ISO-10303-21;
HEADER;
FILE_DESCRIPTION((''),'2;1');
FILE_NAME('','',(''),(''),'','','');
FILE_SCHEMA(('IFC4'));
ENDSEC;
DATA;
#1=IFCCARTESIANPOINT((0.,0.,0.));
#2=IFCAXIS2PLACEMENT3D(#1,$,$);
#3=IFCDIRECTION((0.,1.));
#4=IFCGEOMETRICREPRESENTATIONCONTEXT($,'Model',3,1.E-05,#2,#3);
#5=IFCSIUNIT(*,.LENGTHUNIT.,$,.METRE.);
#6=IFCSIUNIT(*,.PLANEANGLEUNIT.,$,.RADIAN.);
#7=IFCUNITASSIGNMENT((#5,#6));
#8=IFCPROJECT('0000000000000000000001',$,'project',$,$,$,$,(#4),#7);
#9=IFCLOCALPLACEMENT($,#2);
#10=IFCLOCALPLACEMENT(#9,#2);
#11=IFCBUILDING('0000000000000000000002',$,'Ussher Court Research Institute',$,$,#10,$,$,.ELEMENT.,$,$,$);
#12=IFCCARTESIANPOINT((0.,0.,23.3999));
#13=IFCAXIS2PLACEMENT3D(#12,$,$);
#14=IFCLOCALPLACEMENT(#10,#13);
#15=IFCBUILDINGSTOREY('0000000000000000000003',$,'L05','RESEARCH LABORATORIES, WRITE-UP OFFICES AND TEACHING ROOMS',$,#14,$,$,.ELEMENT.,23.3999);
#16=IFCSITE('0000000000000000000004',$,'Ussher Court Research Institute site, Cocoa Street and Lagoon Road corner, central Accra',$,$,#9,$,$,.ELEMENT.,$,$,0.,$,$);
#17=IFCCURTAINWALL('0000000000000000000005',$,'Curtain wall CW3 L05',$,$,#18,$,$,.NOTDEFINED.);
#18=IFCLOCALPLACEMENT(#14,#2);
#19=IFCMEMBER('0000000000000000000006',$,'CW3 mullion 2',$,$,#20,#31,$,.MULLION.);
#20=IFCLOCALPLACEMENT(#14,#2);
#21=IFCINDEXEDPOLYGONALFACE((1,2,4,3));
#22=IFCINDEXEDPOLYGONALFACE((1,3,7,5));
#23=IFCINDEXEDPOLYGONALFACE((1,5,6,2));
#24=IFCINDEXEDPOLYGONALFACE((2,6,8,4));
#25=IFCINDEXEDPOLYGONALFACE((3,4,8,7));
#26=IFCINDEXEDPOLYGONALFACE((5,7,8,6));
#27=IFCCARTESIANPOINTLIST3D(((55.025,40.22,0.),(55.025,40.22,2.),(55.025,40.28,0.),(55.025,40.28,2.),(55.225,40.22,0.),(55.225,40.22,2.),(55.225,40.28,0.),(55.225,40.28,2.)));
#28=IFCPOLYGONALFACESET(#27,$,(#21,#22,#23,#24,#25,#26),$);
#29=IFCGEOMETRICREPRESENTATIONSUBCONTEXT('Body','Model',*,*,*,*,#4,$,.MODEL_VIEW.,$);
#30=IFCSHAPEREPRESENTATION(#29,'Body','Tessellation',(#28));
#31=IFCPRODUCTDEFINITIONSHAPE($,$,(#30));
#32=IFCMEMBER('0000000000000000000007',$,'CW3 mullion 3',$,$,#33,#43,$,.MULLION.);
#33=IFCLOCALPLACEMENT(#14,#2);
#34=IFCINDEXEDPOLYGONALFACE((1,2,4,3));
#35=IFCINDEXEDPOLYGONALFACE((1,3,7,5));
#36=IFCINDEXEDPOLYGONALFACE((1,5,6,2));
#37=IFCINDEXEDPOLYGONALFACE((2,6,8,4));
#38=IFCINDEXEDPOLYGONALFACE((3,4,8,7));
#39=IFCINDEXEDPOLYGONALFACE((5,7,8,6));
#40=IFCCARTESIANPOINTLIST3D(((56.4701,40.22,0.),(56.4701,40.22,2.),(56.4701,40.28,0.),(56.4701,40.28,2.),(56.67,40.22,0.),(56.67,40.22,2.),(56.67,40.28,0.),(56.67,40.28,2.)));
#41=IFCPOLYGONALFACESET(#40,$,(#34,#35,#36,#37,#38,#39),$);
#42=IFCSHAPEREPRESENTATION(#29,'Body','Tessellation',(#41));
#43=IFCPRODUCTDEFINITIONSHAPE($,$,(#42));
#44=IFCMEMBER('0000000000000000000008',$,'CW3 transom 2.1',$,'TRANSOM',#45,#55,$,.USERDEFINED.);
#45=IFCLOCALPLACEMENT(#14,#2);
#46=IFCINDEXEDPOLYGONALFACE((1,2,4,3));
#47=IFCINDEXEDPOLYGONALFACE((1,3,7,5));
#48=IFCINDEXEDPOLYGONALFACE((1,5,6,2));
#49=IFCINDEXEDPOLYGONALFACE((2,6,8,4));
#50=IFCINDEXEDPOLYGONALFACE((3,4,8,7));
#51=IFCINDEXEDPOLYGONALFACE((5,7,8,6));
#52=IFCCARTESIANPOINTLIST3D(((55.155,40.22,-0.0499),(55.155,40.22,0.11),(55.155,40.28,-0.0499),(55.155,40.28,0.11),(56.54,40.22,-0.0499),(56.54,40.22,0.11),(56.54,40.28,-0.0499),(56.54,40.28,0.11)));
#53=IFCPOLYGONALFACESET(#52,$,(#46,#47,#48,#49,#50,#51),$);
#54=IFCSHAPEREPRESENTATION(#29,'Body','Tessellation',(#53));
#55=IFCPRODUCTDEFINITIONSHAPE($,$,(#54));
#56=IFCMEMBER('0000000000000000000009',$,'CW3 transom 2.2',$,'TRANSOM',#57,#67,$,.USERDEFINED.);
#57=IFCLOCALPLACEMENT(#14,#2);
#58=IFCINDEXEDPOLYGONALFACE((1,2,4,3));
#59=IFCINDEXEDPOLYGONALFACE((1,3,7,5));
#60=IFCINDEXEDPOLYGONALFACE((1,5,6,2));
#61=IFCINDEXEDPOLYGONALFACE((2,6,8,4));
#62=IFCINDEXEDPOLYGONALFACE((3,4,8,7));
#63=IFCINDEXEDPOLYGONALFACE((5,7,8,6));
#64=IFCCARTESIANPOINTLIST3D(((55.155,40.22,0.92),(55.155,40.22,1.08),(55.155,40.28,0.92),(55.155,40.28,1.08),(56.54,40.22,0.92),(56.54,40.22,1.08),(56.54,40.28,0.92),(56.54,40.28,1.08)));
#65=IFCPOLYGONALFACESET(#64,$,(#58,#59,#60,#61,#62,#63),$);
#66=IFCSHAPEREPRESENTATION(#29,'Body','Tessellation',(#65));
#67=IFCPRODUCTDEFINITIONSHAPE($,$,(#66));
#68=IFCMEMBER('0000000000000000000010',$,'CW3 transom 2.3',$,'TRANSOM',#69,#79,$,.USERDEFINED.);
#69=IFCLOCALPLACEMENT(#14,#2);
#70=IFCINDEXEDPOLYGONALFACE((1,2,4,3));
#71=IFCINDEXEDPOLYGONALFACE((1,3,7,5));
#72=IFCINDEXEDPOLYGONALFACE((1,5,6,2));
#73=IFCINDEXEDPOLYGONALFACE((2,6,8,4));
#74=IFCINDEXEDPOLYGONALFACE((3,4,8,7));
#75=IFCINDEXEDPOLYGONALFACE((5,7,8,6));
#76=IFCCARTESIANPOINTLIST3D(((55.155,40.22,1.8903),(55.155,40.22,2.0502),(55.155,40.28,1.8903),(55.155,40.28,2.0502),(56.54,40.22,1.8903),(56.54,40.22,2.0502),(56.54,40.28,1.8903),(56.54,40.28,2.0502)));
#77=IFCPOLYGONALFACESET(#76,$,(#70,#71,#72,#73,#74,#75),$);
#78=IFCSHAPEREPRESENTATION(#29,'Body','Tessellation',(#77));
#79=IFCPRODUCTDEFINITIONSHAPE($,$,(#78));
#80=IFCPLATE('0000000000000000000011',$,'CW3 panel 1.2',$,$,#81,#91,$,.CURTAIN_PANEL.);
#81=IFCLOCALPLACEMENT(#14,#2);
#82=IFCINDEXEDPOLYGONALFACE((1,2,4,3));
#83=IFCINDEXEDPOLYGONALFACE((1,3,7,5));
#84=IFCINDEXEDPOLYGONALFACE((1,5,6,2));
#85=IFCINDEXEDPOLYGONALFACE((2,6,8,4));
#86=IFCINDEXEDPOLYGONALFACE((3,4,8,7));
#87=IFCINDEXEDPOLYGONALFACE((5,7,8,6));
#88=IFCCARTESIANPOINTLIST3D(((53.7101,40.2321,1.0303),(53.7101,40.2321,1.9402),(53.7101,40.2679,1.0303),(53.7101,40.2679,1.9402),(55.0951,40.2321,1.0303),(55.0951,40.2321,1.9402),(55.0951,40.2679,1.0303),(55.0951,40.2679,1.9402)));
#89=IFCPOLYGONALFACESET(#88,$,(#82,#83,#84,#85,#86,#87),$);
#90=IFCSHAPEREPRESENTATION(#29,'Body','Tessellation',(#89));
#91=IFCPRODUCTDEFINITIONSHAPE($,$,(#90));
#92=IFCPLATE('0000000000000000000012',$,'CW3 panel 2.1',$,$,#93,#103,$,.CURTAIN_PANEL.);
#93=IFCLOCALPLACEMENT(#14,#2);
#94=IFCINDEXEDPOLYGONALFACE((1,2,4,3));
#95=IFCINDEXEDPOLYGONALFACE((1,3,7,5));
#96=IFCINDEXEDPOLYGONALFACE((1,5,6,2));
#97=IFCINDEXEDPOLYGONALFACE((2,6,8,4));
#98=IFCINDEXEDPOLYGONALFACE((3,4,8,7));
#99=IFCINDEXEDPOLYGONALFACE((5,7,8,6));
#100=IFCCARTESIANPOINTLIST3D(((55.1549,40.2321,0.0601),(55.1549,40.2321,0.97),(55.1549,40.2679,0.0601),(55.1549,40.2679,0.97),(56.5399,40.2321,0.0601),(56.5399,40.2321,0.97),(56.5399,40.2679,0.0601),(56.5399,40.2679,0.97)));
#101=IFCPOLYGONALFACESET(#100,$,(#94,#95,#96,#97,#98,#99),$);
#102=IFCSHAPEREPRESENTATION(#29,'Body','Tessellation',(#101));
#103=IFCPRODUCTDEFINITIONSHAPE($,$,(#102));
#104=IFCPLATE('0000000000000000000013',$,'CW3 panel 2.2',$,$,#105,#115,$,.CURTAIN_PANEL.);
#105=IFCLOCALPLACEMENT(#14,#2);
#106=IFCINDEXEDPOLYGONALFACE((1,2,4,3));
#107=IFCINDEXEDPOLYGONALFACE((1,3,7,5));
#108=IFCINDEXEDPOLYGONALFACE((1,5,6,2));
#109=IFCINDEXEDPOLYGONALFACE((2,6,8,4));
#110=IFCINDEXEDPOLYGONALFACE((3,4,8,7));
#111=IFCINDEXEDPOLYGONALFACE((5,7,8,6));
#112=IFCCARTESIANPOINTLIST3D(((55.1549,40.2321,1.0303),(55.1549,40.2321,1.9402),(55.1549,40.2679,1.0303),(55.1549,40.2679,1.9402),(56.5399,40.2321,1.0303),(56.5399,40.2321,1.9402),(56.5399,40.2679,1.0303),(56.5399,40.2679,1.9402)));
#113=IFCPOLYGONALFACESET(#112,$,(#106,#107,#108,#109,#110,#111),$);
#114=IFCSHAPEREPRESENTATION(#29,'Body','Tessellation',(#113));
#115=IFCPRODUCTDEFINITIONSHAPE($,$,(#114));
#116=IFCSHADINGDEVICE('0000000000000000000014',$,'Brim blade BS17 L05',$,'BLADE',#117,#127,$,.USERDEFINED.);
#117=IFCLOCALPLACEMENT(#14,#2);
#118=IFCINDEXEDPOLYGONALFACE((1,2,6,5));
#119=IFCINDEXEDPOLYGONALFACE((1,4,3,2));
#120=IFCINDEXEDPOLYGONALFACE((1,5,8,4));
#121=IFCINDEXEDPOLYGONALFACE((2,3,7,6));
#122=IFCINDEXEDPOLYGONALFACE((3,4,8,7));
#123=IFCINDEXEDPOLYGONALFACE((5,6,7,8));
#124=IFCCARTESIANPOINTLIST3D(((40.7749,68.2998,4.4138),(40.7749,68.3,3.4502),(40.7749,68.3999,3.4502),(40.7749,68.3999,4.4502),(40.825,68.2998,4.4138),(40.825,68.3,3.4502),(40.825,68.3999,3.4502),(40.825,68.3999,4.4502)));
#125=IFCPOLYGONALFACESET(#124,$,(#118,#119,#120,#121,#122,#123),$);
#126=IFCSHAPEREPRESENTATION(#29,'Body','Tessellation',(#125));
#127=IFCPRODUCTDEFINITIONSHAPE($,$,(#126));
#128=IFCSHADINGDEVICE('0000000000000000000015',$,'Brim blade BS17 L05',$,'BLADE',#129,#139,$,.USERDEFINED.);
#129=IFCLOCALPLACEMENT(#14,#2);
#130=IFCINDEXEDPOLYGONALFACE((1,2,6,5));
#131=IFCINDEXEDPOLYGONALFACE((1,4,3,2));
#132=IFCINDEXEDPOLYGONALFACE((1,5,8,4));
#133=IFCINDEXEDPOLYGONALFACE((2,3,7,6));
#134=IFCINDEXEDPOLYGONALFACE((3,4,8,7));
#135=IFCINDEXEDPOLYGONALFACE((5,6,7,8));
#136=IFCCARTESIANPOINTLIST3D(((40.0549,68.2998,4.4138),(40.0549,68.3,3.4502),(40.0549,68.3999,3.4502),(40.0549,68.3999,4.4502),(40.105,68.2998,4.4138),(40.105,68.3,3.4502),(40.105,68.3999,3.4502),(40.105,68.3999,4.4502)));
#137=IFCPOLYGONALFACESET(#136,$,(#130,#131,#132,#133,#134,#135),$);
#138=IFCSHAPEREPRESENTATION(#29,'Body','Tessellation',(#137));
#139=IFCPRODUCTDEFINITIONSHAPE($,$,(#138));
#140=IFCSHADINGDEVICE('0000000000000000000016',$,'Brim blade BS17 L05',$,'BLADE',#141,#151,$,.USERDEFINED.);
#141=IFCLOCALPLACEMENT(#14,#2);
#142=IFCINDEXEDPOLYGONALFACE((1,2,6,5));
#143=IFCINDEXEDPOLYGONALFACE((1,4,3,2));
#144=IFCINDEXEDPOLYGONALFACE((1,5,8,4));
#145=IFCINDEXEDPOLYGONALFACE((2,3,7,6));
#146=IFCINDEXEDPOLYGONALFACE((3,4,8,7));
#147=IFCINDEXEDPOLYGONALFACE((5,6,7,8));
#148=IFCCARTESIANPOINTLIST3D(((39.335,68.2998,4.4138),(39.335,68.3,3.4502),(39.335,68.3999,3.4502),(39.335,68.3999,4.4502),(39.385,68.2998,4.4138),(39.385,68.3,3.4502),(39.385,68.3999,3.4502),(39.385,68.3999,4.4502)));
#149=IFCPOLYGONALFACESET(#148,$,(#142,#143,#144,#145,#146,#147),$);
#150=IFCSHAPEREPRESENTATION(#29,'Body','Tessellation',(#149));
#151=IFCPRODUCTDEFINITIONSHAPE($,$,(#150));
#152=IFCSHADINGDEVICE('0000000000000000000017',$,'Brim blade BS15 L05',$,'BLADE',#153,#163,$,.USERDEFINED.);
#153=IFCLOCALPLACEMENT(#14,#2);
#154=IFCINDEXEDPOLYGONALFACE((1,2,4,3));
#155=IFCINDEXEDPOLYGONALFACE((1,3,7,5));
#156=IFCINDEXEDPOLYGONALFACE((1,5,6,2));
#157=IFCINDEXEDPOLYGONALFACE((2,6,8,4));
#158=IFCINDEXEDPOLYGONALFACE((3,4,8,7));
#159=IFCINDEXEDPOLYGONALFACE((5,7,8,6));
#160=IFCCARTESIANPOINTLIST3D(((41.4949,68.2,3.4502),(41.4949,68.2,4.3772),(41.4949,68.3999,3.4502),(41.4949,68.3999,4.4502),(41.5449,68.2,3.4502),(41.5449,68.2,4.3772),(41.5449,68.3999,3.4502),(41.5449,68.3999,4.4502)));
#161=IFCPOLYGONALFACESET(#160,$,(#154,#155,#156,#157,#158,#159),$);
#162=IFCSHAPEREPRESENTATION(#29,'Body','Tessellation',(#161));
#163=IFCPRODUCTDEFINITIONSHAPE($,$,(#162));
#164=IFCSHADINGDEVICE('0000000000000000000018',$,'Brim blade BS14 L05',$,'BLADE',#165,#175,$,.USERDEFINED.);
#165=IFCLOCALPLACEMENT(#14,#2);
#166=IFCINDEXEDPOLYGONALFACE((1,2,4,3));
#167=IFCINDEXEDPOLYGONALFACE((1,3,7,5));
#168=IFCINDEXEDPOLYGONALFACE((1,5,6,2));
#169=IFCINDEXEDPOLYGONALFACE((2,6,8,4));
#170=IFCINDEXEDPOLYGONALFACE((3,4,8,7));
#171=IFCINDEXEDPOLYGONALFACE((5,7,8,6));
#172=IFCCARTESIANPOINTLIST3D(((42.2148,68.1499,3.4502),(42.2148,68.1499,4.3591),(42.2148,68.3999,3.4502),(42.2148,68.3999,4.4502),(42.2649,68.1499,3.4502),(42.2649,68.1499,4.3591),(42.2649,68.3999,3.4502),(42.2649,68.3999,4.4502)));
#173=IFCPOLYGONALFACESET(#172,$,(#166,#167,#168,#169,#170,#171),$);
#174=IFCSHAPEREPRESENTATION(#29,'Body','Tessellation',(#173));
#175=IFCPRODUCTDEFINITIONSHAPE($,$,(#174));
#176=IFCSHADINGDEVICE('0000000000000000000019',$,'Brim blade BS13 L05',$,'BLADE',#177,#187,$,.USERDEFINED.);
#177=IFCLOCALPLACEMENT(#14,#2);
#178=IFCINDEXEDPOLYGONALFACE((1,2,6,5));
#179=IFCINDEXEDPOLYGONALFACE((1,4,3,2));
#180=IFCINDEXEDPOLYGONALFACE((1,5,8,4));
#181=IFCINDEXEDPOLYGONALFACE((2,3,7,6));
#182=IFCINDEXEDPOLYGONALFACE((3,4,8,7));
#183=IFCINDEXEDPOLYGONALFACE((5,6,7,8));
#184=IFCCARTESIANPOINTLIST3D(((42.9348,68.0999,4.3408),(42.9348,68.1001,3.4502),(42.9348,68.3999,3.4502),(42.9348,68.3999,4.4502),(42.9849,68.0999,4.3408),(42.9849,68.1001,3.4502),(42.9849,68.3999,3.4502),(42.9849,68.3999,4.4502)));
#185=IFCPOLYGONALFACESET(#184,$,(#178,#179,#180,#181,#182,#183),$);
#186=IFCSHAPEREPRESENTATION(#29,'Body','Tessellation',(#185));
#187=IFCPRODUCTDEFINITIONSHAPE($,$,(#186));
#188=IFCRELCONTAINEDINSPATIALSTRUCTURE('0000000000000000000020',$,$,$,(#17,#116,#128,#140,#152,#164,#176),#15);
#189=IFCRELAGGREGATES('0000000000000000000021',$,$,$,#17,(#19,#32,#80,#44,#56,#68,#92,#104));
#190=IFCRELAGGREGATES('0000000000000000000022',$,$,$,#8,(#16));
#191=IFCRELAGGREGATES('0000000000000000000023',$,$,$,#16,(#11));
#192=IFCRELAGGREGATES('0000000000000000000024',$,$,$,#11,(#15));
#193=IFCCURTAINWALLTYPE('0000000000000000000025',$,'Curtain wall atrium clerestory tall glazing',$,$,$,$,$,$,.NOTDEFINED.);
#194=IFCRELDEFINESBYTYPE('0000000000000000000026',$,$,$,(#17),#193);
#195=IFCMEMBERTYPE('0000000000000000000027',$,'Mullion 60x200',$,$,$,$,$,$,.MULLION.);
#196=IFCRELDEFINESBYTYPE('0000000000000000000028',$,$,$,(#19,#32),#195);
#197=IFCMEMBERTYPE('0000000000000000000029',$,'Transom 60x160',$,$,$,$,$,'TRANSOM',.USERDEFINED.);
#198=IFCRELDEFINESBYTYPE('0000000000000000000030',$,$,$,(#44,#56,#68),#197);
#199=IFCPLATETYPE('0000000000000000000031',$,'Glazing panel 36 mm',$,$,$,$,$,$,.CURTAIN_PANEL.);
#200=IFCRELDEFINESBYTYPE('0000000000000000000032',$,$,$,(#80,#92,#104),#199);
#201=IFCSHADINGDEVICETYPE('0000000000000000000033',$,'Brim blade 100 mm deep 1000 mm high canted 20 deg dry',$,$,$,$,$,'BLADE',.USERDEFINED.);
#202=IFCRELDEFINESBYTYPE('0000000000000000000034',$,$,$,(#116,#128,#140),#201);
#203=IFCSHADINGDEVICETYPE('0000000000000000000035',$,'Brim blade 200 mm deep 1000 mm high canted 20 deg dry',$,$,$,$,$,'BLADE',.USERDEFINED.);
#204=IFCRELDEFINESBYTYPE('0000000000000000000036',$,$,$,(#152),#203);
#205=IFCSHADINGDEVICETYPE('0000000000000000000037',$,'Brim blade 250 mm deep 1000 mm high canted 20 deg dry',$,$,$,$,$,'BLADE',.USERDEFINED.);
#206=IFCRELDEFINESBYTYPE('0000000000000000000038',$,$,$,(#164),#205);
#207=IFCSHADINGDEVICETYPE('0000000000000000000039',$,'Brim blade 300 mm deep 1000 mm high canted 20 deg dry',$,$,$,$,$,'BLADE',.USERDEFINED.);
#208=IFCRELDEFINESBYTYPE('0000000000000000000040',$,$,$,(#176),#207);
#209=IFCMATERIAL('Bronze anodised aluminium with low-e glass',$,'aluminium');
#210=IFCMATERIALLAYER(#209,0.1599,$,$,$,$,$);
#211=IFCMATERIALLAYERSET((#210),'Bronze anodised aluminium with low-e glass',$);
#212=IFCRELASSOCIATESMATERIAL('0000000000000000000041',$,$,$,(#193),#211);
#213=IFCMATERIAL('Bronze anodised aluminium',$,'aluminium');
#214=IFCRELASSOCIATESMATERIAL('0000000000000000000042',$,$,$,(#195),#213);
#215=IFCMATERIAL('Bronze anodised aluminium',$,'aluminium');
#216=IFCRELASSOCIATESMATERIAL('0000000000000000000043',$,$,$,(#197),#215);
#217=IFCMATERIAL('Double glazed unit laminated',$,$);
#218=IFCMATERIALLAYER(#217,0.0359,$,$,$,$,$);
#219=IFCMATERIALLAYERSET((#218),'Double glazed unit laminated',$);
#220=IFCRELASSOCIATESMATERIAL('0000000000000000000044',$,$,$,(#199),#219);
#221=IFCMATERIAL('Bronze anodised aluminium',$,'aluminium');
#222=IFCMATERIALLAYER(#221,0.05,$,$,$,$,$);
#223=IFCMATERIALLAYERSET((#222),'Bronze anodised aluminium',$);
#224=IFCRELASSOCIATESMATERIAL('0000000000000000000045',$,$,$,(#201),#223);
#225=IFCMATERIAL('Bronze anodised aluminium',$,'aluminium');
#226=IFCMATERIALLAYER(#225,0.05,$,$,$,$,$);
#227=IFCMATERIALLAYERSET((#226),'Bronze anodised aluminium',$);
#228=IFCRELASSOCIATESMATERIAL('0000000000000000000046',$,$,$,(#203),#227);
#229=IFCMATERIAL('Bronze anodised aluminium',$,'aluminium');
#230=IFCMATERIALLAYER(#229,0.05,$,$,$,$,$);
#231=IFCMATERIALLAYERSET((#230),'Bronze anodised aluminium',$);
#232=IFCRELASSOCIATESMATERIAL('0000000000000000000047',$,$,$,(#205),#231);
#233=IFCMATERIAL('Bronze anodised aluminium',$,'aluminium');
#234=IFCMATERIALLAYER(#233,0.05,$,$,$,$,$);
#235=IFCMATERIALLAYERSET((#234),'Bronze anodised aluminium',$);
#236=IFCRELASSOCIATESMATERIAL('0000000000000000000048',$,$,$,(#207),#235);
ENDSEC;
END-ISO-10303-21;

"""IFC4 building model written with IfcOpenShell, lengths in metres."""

from ifc_helpers import new_model, si_unit, direction, frame, origin, origin_2d, place, context, subcontext, project, spatial, polyline, rectangle, outline, extrude, material, layer, layer_set, material_profile, profile_set, type_object, element, aggregate, save


model = new_model("IFC4")

# Units and contexts
model_context = context("Model", 3, precision=1e-05, world=origin(), true_north=direction((0.0, 1.0)))
body_context = subcontext(model_context, "Body", "Model", "MODEL_VIEW")
ifc_project = project(units=[si_unit("LENGTHUNIT", "METRE"), si_unit("PLANEANGLEUNIT", "RADIAN")], contexts=[model_context])

# Site, building, storey
site_placement = place(None, origin())
site = spatial("IfcSite", under=ifc_project, at=site_placement, Name="Ussher Court Research Institute site, Cocoa Street and Lagoon Road corner, central Accra", CompositionType="ELEMENT", RefElevation=0.0)
building_placement = place(site_placement, origin())
building = spatial("IfcBuilding", under=site, at=building_placement, Name="Ussher Court Research Institute", CompositionType="ELEMENT")
storey_placement = place(building_placement, frame((0.0, 0.0, 23.3999)))
storey = spatial("IfcBuildingStorey", under=building, at=storey_placement, Name="L05", Description="RESEARCH LABORATORIES, WRITE-UP OFFICES AND TEACHING ROOMS", CompositionType="ELEMENT", Elevation=23.3999)

# Curtain wall, members, plates
ifc_material_1 = material(Name="Bronze anodised aluminium with low-e glass", Category="aluminium")
ifc_layer_1 = layer(ifc_material_1, 0.1599)
ifc_layer_set_1 = layer_set([ifc_layer_1], Name="Bronze anodised aluminium with low-e glass")
curtain_wall_type = type_object("IfcCurtainWallType", Name="Curtain wall atrium clerestory tall glazing", PredefinedType="NOTDEFINED", material=ifc_layer_set_1)
curtain_wall_placement = place(storey_placement, origin())
curtain_wall = element("IfcCurtainWall", 1, at=curtain_wall_placement, inside=storey, type_object=curtain_wall_type, Name="Curtain wall CW3 L05", PredefinedType="NOTDEFINED")
ifc_material_2 = material(Name="Bronze anodised aluminium", Category="aluminium")
ifc_material_profile_1 = material_profile(ifc_material_2, rectangle(XDim=0.0601, YDim=0.2, at=origin_2d()), Name="Mullion 60x200")
ifc_profile_set_1 = profile_set([ifc_material_profile_1], Name="Bronze anodised aluminium")
member_type_1 = type_object("IfcMemberType", Name="Mullion 60x200", PredefinedType="MULLION", material=ifc_profile_set_1)
member_1_placement = place(storey_placement, frame((55.125, 40.25, 0.0), z_axis=(0.0, 0.0, 1.0), x_axis=(0.0, 1.0, 0.0)))
member_1 = element("IfcMember", 2, at=member_1_placement, type_object=member_type_1, Name="CW3 mullion 2", PredefinedType="MULLION", context=body_context, shape_type="SweptSolid", body=[
    extrude(rectangle(XDim=0.0601, YDim=0.2, at=origin_2d()), origin(), (0.0, 0.0, 1.0), 2.0),
])
member_2_placement = place(storey_placement, frame((56.5701, 40.25, 0.0), z_axis=(0.0, 0.0, 1.0), x_axis=(0.0, 1.0, 0.0)))
member_2 = element("IfcMember", 3, at=member_2_placement, type_object=member_type_1, Name="CW3 mullion 3", PredefinedType="MULLION", context=body_context, shape_type="SweptSolid", body=[
    extrude(rectangle(XDim=0.0601, YDim=0.2, at=origin_2d()), origin(), (0.0, 0.0, 1.0), 2.0),
])
ifc_material_3 = material(Name="Bronze anodised aluminium", Category="aluminium")
ifc_material_profile_2 = material_profile(ifc_material_3, rectangle(XDim=0.0601, YDim=0.1599, at=origin_2d()), Name="Transom 60x160")
ifc_profile_set_2 = profile_set([ifc_material_profile_2], Name="Bronze anodised aluminium")
member_type_2 = type_object("IfcMemberType", Name="Transom 60x160", ElementType="TRANSOM", PredefinedType="USERDEFINED", material=ifc_profile_set_2)
member_3_placement = place(storey_placement, frame((55.155, 40.25, 0.03), z_axis=(1.0, 0.0, 0.0), x_axis=(0.0, 1.0, 0.0)))
member_3 = element("IfcMember", 4, at=member_3_placement, type_object=member_type_2, Name="CW3 transom 2.1", ObjectType="TRANSOM", PredefinedType="USERDEFINED", context=body_context, shape_type="SweptSolid", body=[
    extrude(rectangle(XDim=0.0601, YDim=0.1599, at=origin_2d()), origin(), (0.0, 0.0, 1.0), 1.385),
])
member_4_placement = place(storey_placement, frame((55.155, 40.25, 1.0), z_axis=(1.0, 0.0, 0.0), x_axis=(0.0, 1.0, 0.0)))
member_4 = element("IfcMember", 5, at=member_4_placement, type_object=member_type_2, Name="CW3 transom 2.2", ObjectType="TRANSOM", PredefinedType="USERDEFINED", context=body_context, shape_type="SweptSolid", body=[
    extrude(rectangle(XDim=0.0601, YDim=0.1599, at=origin_2d()), origin(), (0.0, 0.0, 1.0), 1.385),
])
member_5_placement = place(storey_placement, frame((55.155, 40.25, 1.9702), z_axis=(1.0, 0.0, 0.0), x_axis=(0.0, 1.0, 0.0)))
member_5 = element("IfcMember", 6, at=member_5_placement, type_object=member_type_2, Name="CW3 transom 2.3", ObjectType="TRANSOM", PredefinedType="USERDEFINED", context=body_context, shape_type="SweptSolid", body=[
    extrude(rectangle(XDim=0.0601, YDim=0.1599, at=origin_2d()), origin(), (0.0, 0.0, 1.0), 1.385),
])
ifc_material_4 = material(Name="Double glazed unit laminated")
ifc_layer_2 = layer(ifc_material_4, 0.0359)
ifc_layer_set_2 = layer_set([ifc_layer_2], Name="Double glazed unit laminated")
plate_type = type_object("IfcPlateType", Name="Glazing panel 36 mm", PredefinedType="CURTAIN_PANEL", material=ifc_layer_set_2)
plate_1_placement = place(storey_placement, frame((54.4026, 40.25, 1.0303), z_axis=(0.0, 0.0, 1.0), x_axis=(1.0, 0.0, 0.0)))
plate_1 = element("IfcPlate", 7, at=plate_1_placement, type_object=plate_type, Name="CW3 panel 1.2", PredefinedType="CURTAIN_PANEL", context=body_context, shape_type="SweptSolid", body=[
    extrude(rectangle(XDim=1.385, YDim=0.0359, at=origin_2d()), origin(), (0.0, 0.0, 1.0), 0.9099),
])
plate_2_placement = place(storey_placement, frame((55.8474, 40.25, 0.0601), z_axis=(0.0, 0.0, 1.0), x_axis=(1.0, 0.0, 0.0)))
plate_2 = element("IfcPlate", 8, at=plate_2_placement, type_object=plate_type, Name="CW3 panel 2.1", PredefinedType="CURTAIN_PANEL", context=body_context, shape_type="SweptSolid", body=[
    extrude(rectangle(XDim=1.385, YDim=0.0359, at=origin_2d()), origin(), (0.0, 0.0, 1.0), 0.9099),
])
plate_3_placement = place(storey_placement, frame((55.8474, 40.25, 1.0303), z_axis=(0.0, 0.0, 1.0), x_axis=(1.0, 0.0, 0.0)))
plate_3 = element("IfcPlate", 9, at=plate_3_placement, type_object=plate_type, Name="CW3 panel 2.2", PredefinedType="CURTAIN_PANEL", context=body_context, shape_type="SweptSolid", body=[
    extrude(rectangle(XDim=1.385, YDim=0.0359, at=origin_2d()), origin(), (0.0, 0.0, 1.0), 0.9099),
])
aggregate(curtain_wall, [member_1, member_2, plate_1, member_3, member_4, member_5, plate_2, plate_3])

# Shading devices
ifc_material_5 = material(Name="Bronze anodised aluminium", Category="aluminium")
ifc_layer_3 = layer(ifc_material_5, 0.05)
ifc_layer_set_3 = layer_set([ifc_layer_3], Name="Bronze anodised aluminium")
shading_device_type_1 = type_object("IfcShadingDeviceType", Name="Brim blade 100 mm deep 1000 mm high canted 20 deg dry", ElementType="BLADE", PredefinedType="USERDEFINED", material=ifc_layer_set_3)
for number, where, z_axis, x_axis, name in (
    (10, (40.8, 68.3999, 3.4502), (0.0, 0.0, 1.0), (0.0, -1.0, 0.0), "Brim blade BS17 L05"),
    (11, (40.0801, 68.3999, 3.4502), (0.0, 0.0, 1.0), (0.0, -1.0, 0.0), "Brim blade BS17 L05"),
    (12, (39.3601, 68.3999, 3.4502), (0.0, 0.0, 1.0), (0.0, -1.0, 0.0), "Brim blade BS17 L05"),
):
    element("IfcShadingDevice", number, at=place(storey_placement, frame(where, z_axis=z_axis, x_axis=x_axis)), inside=storey, type_object=shading_device_type_1, Name=name, ObjectType="BLADE", PredefinedType="USERDEFINED", context=body_context, shape_type="SweptSolid", body=[
        extrude(outline(polyline([(0.0, 0.0), (0.0999, 0.0), (0.1001, 0.9636), (0.0, 1.0), (0.0, 0.0)])), frame((0.0, 0.0249, 0.0), z_axis=(0.0, -1.0, 0.0), x_axis=(1.0, 0.0, 0.0)), (0.0, 0.0, 1.0), 0.05),
    ])
ifc_material_6 = material(Name="Bronze anodised aluminium", Category="aluminium")
ifc_layer_4 = layer(ifc_material_6, 0.05)
ifc_layer_set_4 = layer_set([ifc_layer_4], Name="Bronze anodised aluminium")
shading_device_type_2 = type_object("IfcShadingDeviceType", Name="Brim blade 200 mm deep 1000 mm high canted 20 deg dry", ElementType="BLADE", PredefinedType="USERDEFINED", material=ifc_layer_set_4)
shading_device_1_placement = place(storey_placement, frame((41.52, 68.3999, 3.4502), z_axis=(0.0, 0.0, 1.0), x_axis=(0.0, -1.0, 0.0)))
element("IfcShadingDevice", 13, at=shading_device_1_placement, inside=storey, type_object=shading_device_type_2, Name="Brim blade BS15 L05", ObjectType="BLADE", PredefinedType="USERDEFINED", context=body_context, shape_type="SweptSolid", body=[
    extrude(outline(polyline([(0.0, 0.0), (0.2, 0.0), (0.2, 0.927), (0.0, 1.0), (0.0, 0.0)])), frame((0.0, 0.0249, 0.0), z_axis=(0.0, -1.0, 0.0), x_axis=(1.0, 0.0, 0.0)), (0.0, 0.0, 1.0), 0.05),
])
ifc_material_7 = material(Name="Bronze anodised aluminium", Category="aluminium")
ifc_layer_5 = layer(ifc_material_7, 0.05)
ifc_layer_set_5 = layer_set([ifc_layer_5], Name="Bronze anodised aluminium")
shading_device_type_3 = type_object("IfcShadingDeviceType", Name="Brim blade 250 mm deep 1000 mm high canted 20 deg dry", ElementType="BLADE", PredefinedType="USERDEFINED", material=ifc_layer_set_5)
shading_device_2_placement = place(storey_placement, frame((42.24, 68.3999, 3.4502), z_axis=(0.0, 0.0, 1.0), x_axis=(0.0, -1.0, 0.0)))
element("IfcShadingDevice", 14, at=shading_device_2_placement, inside=storey, type_object=shading_device_type_3, Name="Brim blade BS14 L05", ObjectType="BLADE", PredefinedType="USERDEFINED", context=body_context, shape_type="SweptSolid", body=[
    extrude(outline(polyline([(0.0, 0.0), (0.25, 0.0), (0.25, 0.9089), (0.0, 1.0), (0.0, 0.0)])), frame((0.0, 0.0249, 0.0), z_axis=(0.0, -1.0, 0.0), x_axis=(1.0, 0.0, 0.0)), (0.0, 0.0, 1.0), 0.05),
])
ifc_material_8 = material(Name="Bronze anodised aluminium", Category="aluminium")
ifc_layer_6 = layer(ifc_material_8, 0.05)
ifc_layer_set_6 = layer_set([ifc_layer_6], Name="Bronze anodised aluminium")
shading_device_type_4 = type_object("IfcShadingDeviceType", Name="Brim blade 300 mm deep 1000 mm high canted 20 deg dry", ElementType="BLADE", PredefinedType="USERDEFINED", material=ifc_layer_set_6)
shading_device_3_placement = place(storey_placement, frame((42.96, 68.3999, 3.4502), z_axis=(0.0, 0.0, 1.0), x_axis=(0.0, -1.0, 0.0)))
element("IfcShadingDevice", 15, at=shading_device_3_placement, inside=storey, type_object=shading_device_type_4, Name="Brim blade BS13 L05", ObjectType="BLADE", PredefinedType="USERDEFINED", context=body_context, shape_type="SweptSolid", body=[
    extrude(outline(polyline([(0.0, 0.0), (0.2998, 0.0), (0.3, 0.8906), (0.0, 1.0), (0.0, 0.0)])), frame((0.0, 0.0249, 0.0), z_axis=(0.0, -1.0, 0.0), x_axis=(1.0, 0.0, 0.0)), (0.0, 0.0, 1.0), 0.05),
])

save(model, "model.ifc")
